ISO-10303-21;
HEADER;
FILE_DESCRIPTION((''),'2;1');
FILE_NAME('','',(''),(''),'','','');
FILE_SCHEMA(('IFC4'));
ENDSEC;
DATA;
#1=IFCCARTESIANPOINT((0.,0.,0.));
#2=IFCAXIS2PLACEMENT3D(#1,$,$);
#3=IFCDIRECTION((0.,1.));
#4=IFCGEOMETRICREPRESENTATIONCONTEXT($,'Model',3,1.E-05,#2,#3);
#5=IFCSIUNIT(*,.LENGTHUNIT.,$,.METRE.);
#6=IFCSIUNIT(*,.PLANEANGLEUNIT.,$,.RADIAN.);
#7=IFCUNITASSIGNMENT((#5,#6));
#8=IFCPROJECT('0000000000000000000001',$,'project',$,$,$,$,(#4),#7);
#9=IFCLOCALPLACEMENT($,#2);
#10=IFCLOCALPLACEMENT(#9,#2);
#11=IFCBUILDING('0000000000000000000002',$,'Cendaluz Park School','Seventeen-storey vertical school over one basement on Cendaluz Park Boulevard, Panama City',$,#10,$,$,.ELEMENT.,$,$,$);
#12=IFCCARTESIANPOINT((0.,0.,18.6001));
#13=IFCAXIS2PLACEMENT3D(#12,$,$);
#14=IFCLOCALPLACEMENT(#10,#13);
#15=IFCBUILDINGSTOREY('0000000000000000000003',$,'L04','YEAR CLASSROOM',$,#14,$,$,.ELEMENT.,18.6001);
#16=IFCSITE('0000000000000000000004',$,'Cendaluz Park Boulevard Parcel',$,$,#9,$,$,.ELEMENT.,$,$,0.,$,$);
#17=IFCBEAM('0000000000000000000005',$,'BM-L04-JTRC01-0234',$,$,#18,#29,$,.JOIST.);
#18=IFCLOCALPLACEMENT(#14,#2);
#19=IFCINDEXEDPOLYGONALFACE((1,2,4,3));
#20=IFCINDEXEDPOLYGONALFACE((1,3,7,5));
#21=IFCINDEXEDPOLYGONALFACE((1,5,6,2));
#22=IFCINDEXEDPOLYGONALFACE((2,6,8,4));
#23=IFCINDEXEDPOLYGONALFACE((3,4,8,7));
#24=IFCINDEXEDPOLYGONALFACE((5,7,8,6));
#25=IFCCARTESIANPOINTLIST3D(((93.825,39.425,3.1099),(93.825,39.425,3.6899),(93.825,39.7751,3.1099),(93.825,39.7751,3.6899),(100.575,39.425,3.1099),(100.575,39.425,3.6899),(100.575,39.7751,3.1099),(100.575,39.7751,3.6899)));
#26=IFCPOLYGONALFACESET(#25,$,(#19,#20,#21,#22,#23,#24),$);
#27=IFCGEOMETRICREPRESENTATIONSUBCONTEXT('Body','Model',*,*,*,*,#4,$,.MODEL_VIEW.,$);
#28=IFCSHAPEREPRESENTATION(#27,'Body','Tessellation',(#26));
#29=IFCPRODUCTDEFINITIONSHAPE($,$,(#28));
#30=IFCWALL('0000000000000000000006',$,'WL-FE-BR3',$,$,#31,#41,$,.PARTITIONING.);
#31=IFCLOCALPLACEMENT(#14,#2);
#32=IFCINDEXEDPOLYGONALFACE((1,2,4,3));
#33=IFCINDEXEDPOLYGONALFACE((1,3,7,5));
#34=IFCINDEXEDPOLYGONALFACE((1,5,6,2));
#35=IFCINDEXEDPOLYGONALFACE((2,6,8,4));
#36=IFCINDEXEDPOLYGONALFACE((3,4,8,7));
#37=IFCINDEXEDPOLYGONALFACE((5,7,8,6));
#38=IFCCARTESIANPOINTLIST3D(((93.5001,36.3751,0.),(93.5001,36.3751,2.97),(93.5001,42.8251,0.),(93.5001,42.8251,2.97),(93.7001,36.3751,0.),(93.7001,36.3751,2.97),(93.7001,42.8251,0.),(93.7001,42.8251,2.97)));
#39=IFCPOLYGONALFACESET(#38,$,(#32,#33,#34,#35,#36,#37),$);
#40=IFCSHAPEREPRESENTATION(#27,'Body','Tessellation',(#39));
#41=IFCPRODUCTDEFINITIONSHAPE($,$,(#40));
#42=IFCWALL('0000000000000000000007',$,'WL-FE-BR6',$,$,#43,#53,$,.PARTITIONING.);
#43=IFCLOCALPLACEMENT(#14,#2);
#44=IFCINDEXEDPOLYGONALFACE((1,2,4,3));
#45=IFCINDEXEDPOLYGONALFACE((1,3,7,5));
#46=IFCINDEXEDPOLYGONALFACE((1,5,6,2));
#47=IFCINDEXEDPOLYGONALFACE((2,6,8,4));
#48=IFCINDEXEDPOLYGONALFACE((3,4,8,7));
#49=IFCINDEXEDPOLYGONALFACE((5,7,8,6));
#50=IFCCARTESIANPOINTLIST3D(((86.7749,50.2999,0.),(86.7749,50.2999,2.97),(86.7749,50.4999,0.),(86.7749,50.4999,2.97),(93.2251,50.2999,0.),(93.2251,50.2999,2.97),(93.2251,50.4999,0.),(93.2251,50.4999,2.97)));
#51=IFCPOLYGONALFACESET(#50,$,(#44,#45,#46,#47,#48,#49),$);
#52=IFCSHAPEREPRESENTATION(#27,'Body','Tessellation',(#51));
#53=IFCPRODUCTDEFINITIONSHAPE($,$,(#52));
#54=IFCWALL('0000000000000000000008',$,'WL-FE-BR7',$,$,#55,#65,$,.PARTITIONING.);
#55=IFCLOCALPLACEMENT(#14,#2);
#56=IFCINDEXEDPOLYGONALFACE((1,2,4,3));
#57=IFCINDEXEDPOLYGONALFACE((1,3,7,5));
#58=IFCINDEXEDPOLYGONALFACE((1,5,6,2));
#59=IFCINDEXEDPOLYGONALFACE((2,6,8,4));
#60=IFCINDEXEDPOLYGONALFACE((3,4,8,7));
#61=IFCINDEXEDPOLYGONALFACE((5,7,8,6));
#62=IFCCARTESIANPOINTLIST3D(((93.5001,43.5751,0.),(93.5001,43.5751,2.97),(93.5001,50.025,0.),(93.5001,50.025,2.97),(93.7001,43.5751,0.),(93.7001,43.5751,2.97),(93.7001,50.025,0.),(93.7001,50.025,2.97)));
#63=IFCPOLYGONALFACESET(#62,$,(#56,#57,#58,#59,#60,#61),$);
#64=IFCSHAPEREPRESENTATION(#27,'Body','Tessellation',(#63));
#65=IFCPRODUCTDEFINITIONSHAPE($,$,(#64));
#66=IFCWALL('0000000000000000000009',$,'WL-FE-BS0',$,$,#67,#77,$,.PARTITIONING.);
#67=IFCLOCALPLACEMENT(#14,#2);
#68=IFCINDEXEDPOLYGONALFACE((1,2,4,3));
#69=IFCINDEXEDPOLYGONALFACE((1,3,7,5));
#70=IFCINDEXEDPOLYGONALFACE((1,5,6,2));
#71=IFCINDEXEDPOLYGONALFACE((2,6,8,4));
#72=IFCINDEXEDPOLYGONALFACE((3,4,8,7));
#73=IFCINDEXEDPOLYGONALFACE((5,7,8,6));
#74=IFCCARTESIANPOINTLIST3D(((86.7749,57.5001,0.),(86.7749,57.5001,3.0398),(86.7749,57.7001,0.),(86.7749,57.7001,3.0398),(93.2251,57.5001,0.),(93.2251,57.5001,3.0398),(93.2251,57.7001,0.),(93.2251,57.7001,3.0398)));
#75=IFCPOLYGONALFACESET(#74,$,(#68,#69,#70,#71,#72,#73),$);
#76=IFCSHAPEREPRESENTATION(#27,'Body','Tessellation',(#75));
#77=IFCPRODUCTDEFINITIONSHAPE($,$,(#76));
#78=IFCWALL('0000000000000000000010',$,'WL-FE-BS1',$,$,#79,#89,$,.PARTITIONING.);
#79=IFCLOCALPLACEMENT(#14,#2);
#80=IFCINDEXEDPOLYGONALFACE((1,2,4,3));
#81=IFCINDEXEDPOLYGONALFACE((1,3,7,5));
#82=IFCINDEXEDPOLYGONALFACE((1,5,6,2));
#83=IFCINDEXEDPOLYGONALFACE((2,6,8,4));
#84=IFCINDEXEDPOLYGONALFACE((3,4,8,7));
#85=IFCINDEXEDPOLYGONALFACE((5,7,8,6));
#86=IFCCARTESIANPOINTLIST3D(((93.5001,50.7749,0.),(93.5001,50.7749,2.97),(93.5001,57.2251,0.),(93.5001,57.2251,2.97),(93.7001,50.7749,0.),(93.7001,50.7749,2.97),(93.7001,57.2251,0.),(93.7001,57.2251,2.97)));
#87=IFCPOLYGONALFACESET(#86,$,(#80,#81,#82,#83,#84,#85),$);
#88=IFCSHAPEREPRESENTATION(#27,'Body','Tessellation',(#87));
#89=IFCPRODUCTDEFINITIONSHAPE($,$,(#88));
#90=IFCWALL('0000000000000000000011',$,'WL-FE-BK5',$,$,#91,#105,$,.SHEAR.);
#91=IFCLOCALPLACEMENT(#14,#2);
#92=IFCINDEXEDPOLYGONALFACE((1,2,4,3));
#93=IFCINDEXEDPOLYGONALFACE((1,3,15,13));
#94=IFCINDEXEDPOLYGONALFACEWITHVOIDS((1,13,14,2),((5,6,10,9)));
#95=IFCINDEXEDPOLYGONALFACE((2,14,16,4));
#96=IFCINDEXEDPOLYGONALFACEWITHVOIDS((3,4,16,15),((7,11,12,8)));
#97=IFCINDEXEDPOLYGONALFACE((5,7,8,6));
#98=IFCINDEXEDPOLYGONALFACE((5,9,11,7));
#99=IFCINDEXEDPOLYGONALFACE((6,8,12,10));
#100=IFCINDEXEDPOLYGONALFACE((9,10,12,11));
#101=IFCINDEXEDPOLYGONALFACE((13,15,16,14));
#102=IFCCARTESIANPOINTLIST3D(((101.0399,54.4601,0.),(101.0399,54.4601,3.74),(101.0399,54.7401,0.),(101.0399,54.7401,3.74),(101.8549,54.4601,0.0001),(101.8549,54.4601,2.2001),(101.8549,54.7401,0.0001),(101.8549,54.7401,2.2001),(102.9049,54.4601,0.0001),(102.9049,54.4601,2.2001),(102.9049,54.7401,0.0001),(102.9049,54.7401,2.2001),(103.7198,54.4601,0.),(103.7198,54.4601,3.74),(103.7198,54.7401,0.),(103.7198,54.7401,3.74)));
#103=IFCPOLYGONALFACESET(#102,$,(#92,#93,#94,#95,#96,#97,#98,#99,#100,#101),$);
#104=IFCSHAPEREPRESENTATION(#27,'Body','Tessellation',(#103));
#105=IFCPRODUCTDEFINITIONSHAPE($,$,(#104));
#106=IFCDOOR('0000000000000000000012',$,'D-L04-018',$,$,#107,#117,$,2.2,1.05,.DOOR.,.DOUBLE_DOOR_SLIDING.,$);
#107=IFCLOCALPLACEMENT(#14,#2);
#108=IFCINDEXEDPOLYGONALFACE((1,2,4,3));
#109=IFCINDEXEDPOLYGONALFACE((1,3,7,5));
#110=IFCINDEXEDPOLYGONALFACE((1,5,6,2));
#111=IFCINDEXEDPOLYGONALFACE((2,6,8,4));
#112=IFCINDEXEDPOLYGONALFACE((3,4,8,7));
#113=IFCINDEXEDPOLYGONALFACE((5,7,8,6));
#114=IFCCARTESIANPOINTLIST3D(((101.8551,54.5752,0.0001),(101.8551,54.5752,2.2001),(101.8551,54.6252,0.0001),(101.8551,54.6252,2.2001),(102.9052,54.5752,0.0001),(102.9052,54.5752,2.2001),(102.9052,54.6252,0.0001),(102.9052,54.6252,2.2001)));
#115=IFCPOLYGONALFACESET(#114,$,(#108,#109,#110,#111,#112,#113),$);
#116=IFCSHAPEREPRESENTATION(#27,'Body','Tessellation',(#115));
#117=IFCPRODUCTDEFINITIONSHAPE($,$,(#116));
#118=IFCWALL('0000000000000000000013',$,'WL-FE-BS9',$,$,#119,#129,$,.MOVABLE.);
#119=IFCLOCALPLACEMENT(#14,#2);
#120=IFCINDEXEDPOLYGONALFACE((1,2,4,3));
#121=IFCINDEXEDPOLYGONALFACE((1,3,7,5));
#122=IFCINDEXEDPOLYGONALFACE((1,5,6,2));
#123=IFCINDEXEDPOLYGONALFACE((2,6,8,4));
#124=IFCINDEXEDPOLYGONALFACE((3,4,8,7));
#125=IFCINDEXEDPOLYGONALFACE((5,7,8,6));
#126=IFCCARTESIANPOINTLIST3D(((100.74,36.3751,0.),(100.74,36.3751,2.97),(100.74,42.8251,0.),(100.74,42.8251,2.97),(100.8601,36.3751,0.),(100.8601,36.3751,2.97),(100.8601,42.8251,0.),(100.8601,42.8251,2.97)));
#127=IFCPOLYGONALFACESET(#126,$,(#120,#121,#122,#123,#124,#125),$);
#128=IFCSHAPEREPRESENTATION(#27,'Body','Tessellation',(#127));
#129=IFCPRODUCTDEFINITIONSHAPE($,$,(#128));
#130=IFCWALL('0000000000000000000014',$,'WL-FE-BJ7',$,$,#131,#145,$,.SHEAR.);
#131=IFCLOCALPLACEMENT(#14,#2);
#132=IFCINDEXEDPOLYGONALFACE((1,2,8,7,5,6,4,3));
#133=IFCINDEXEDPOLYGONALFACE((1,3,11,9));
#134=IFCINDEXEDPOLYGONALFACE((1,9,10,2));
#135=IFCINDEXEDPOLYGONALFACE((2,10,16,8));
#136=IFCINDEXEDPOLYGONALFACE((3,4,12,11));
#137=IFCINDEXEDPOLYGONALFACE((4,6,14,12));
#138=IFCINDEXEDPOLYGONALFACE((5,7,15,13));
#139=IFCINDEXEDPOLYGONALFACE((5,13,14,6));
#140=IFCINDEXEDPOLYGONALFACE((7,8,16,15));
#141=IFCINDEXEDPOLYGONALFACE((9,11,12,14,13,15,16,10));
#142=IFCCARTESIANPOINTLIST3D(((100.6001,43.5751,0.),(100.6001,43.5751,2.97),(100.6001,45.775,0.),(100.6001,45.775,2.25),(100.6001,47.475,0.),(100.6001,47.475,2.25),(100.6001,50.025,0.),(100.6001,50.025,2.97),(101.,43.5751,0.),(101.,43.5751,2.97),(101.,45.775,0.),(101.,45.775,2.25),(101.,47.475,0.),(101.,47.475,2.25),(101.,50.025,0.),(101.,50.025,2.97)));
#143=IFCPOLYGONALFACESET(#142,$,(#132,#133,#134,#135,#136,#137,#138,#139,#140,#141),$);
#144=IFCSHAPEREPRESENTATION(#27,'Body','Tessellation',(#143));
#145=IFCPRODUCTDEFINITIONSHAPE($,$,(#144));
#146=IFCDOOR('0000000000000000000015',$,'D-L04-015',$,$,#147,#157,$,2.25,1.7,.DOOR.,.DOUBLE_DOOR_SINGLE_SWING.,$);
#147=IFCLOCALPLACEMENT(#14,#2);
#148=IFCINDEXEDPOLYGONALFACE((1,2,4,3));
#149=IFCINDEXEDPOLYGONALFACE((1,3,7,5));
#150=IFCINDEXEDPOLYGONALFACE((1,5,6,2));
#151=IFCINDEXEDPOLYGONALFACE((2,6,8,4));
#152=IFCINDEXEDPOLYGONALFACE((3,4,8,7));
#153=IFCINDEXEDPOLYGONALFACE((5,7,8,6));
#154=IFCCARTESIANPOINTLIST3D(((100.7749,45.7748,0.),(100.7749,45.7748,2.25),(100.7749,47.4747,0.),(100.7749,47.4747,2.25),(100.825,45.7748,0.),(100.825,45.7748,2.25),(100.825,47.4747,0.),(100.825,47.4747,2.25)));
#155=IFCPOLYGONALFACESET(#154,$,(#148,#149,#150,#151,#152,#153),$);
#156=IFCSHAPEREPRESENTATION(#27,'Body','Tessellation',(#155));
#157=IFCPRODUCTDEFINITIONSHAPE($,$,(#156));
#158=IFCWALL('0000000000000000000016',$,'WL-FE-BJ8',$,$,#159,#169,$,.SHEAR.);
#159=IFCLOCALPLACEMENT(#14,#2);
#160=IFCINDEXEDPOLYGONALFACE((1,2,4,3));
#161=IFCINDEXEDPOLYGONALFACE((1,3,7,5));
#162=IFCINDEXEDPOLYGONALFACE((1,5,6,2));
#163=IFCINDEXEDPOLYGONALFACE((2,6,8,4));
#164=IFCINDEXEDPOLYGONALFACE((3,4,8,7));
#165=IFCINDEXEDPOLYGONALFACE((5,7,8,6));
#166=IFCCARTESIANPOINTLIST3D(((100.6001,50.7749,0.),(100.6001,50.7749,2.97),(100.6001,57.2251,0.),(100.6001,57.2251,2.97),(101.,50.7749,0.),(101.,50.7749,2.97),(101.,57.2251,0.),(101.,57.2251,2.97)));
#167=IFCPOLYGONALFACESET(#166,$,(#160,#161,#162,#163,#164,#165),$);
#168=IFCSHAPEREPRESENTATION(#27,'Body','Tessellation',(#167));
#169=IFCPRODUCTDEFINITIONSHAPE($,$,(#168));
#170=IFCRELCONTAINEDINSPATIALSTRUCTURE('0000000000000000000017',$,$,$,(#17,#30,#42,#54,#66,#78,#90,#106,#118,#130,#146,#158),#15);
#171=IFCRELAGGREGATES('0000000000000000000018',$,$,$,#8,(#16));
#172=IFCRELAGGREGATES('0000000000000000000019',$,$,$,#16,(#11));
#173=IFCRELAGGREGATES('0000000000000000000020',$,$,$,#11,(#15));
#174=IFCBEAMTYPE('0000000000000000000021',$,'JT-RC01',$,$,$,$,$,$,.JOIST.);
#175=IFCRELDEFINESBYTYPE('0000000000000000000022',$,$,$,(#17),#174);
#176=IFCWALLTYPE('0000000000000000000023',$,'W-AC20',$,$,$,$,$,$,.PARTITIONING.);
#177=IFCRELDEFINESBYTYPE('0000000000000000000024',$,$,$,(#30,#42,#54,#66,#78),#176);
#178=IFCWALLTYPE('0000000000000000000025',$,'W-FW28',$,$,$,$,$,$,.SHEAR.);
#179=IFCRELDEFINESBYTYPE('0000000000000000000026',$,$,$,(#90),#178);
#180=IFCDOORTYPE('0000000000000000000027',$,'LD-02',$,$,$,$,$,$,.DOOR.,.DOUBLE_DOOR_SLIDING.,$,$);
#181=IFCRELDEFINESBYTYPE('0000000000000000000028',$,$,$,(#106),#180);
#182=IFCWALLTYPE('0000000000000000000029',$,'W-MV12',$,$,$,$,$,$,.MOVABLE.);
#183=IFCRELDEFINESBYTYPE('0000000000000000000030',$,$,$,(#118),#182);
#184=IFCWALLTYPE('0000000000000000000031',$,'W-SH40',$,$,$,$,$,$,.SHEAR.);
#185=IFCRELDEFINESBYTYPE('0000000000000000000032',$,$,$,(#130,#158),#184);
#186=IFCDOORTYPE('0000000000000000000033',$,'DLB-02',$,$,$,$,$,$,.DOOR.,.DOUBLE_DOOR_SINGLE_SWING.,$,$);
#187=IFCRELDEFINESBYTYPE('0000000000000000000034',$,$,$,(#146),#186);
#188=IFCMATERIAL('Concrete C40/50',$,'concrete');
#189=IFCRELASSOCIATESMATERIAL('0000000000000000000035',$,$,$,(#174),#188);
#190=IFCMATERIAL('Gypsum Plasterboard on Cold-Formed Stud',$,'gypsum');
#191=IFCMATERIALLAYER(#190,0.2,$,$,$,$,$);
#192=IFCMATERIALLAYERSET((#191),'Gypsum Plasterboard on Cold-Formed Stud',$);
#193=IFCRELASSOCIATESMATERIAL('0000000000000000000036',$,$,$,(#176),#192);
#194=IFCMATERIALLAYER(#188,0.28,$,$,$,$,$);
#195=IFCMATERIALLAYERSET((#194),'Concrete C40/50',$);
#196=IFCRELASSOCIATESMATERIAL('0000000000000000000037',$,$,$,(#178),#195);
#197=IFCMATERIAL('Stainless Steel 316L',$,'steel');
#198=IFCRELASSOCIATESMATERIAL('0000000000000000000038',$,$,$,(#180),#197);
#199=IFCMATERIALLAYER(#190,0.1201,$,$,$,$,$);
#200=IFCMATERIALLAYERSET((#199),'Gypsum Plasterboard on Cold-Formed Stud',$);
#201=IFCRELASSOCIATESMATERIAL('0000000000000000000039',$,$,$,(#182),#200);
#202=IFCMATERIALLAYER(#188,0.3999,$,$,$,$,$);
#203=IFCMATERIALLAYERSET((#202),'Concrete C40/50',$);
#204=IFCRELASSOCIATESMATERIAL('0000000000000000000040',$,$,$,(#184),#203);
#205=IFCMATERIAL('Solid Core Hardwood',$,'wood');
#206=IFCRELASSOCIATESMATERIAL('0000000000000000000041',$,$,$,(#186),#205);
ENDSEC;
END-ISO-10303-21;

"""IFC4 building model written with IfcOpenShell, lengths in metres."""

from ifc_helpers import new_model, si_unit, direction, frame, frame_2d, origin, origin_2d, place, context, subcontext, project, spatial, rectangle, extrude, material, layer, layer_set, material_profile, profile_set, type_object, element, fill, save


model = new_model("IFC4")

# Units and contexts
model_context = context("Model", 3, precision=1e-05, world=origin(), true_north=direction((0.0, 1.0)))
body_context = subcontext(model_context, "Body", "Model", "MODEL_VIEW")
ifc_project = project(units=[si_unit("LENGTHUNIT", "METRE"), si_unit("PLANEANGLEUNIT", "RADIAN")], contexts=[model_context])

# Site, building, storey
site_placement = place(None, origin())
site = spatial("IfcSite", under=ifc_project, at=site_placement, Name="Cendaluz Park Boulevard Parcel", CompositionType="ELEMENT", RefElevation=0.0)
building_placement = place(site_placement, origin())
building = spatial("IfcBuilding", under=site, at=building_placement, Name="Cendaluz Park School", Description="Seventeen-storey vertical school over one basement on Cendaluz Park Boulevard, Panama City", CompositionType="ELEMENT")
storey_placement = place(building_placement, frame((0.0, 0.0, 18.6001)))
storey = spatial("IfcBuildingStorey", under=building, at=storey_placement, Name="L04", Description="YEAR CLASSROOM", CompositionType="ELEMENT", Elevation=18.6001)

# Shared definitions
ifc_material_1 = material(Name="Concrete C40/50", Category="concrete")

# Beam
ifc_material_profile_1 = material_profile(ifc_material_1, rectangle(XDim=0.3501, YDim=0.5801, at=origin_2d()), Name="RC 350x580", Category="concrete")
ifc_profile_set_1 = profile_set([ifc_material_profile_1], Name="Concrete C40/50")
beam_type_1 = type_object("IfcBeamType", Name="JT-RC01", PredefinedType="JOIST", material=ifc_profile_set_1)
beam_1_placement = place(storey_placement, frame((93.825, 39.6001, 3.3999), z_axis=(1.0, 0.0, 0.0), x_axis=(0.0, 1.0, 0.0)))
element("IfcBeam", 1, at=beam_1_placement, inside=storey, type_object=beam_type_1, Name="BM-L04-JTRC01-0234", PredefinedType="JOIST", context=body_context, shape_type="SweptSolid", body=[
    extrude(rectangle(XDim=0.3501, YDim=0.5801, at=origin_2d()), origin(), (0.0, 0.0, 1.0), 6.75),
])

# Walls
ifc_material_2 = material(Name="Gypsum Plasterboard on Cold-Formed Stud", Category="gypsum")
ifc_layer_1 = layer(ifc_material_2, 0.2)
ifc_layer_set_1 = layer_set([ifc_layer_1], Name="Gypsum Plasterboard on Cold-Formed Stud")
wall_type_1 = type_object("IfcWallType", Name="W-AC20", PredefinedType="PARTITIONING", material=ifc_layer_set_1)
wall_1_placement = place(storey_placement, frame((93.6001, 36.375, 0.0), z_axis=(0.0, 0.0, 1.0), x_axis=(0.0, 1.0, 0.0)))
element("IfcWall", 2, at=wall_1_placement, inside=storey, type_object=wall_type_1, Name="WL-FE-BR3", PredefinedType="PARTITIONING", context=body_context, shape_type="SweptSolid", body=[
    extrude(rectangle(XDim=6.45, YDim=0.2, at=frame_2d((3.2251, 0.0))), origin(), (0.0, 0.0, 1.0), 2.97),
])
wall_2_placement = place(storey_placement, frame((86.7749, 50.3999, 0.0), z_axis=(0.0, 0.0, 1.0), x_axis=(1.0, 0.0, 0.0)))
element("IfcWall", 3, at=wall_2_placement, inside=storey, type_object=wall_type_1, Name="WL-FE-BR6", PredefinedType="PARTITIONING", context=body_context, shape_type="SweptSolid", body=[
    extrude(rectangle(XDim=6.4502, YDim=0.2, at=frame_2d((3.2251, 0.0))), origin(), (0.0, 0.0, 1.0), 2.97),
])
wall_3_placement = place(storey_placement, frame((93.6001, 43.575, 0.0), z_axis=(0.0, 0.0, 1.0), x_axis=(0.0, 1.0, 0.0)))
element("IfcWall", 4, at=wall_3_placement, inside=storey, type_object=wall_type_1, Name="WL-FE-BR7", PredefinedType="PARTITIONING", context=body_context, shape_type="SweptSolid", body=[
    extrude(rectangle(XDim=6.45, YDim=0.2, at=frame_2d((3.2251, 0.0))), origin(), (0.0, 0.0, 1.0), 2.97),
])
wall_4_placement = place(storey_placement, frame((86.7749, 57.6001, 0.0), z_axis=(0.0, 0.0, 1.0), x_axis=(1.0, 0.0, 0.0)))
element("IfcWall", 5, at=wall_4_placement, inside=storey, type_object=wall_type_1, Name="WL-FE-BS0", PredefinedType="PARTITIONING", context=body_context, shape_type="SweptSolid", body=[
    extrude(rectangle(XDim=6.4502, YDim=0.2, at=frame_2d((3.2251, 0.0))), origin(), (0.0, 0.0, 1.0), 3.0398),
])
wall_5_placement = place(storey_placement, frame((93.6001, 50.7749, 0.0), z_axis=(0.0, 0.0, 1.0), x_axis=(0.0, 1.0, 0.0)))
element("IfcWall", 6, at=wall_5_placement, inside=storey, type_object=wall_type_1, Name="WL-FE-BS1", PredefinedType="PARTITIONING", context=body_context, shape_type="SweptSolid", body=[
    extrude(rectangle(XDim=6.4502, YDim=0.2, at=frame_2d((3.2251, 0.0))), origin(), (0.0, 0.0, 1.0), 2.97),
])

# Wall, opening, door
ifc_layer_2 = layer(ifc_material_1, 0.28)
ifc_layer_set_2 = layer_set([ifc_layer_2], Name="Concrete C40/50")
wall_type_2 = type_object("IfcWallType", Name="W-FW28", PredefinedType="SHEAR", material=ifc_layer_set_2)
wall_6_placement = place(storey_placement, frame((101.04, 54.6001, 0.0), z_axis=(0.0, 0.0, 1.0), x_axis=(1.0, 0.0, 0.0)))
wall_6 = element("IfcWall", 7, at=wall_6_placement, inside=storey, type_object=wall_type_2, Name="WL-FE-BK5", PredefinedType="SHEAR", context=body_context, shape_type="SweptSolid", body=[
    extrude(rectangle(XDim=2.6799, YDim=0.28, at=frame_2d((1.3398, 0.0))), origin(), (0.0, 0.0, 1.0), 3.74),
])
opening_1_placement = place(wall_6_placement, frame((0.8149, 0.0, 0.0)))
opening_1 = element("IfcOpeningElement", 8, at=opening_1_placement, cuts=wall_6, PredefinedType="OPENING", context=body_context, shape_type="SweptSolid", body=[
    extrude(rectangle(XDim=1.05, YDim=2.2, at=frame_2d((0.5249, 1.1001))), frame((0.0, 0.1521, 0.0), z_axis=(0.0, -1.0, 0.0), x_axis=(1.0, 0.0, 0.0)), (0.0, 0.0, 1.0), 0.304),
])
ifc_material_3 = material(Name="Stainless Steel 316L", Category="steel")
door_type_1 = type_object("IfcDoorType", Name="LD-02", OperationType="DOUBLE_DOOR_SLIDING", PredefinedType="DOOR", material=ifc_material_3)
door_1_placement = place(opening_1_placement, frame((1.05, 0.0, 0.0), z_axis=(0.0, 0.0, 1.0), x_axis=(-1.0, 0.0, 0.0)))
door_1 = element("IfcDoor", 9, at=door_1_placement, inside=storey, type_object=door_type_1, Name="D-L04-018", OperationType="DOUBLE_DOOR_SLIDING", OverallHeight=2.2, OverallWidth=1.05, PredefinedType="DOOR", context=body_context, shape_type="SweptSolid", body=[
    extrude(rectangle(XDim=1.05, YDim=2.2, at=frame_2d((0.5249, 1.1001))), frame((0.0, 0.0249, 0.0), z_axis=(0.0, -1.0, 0.0), x_axis=(1.0, 0.0, 0.0)), (0.0, 0.0, 1.0), 0.05),
])
fill(opening_1, door_1)

# Wall
ifc_layer_3 = layer(ifc_material_2, 0.1201)
ifc_layer_set_3 = layer_set([ifc_layer_3], Name="Gypsum Plasterboard on Cold-Formed Stud")
wall_type_3 = type_object("IfcWallType", Name="W-MV12", PredefinedType="MOVABLE", material=ifc_layer_set_3)
wall_7_placement = place(storey_placement, frame((100.8, 36.375, 0.0), z_axis=(0.0, 0.0, 1.0), x_axis=(0.0, 1.0, 0.0)))
element("IfcWall", 10, at=wall_7_placement, inside=storey, type_object=wall_type_3, Name="WL-FE-BS9", PredefinedType="MOVABLE", context=body_context, shape_type="SweptSolid", body=[
    extrude(rectangle(XDim=6.45, YDim=0.1201, at=frame_2d((3.2251, 0.0))), origin(), (0.0, 0.0, 1.0), 2.97),
])

# Wall, opening, door
ifc_layer_4 = layer(ifc_material_1, 0.3999)
ifc_layer_set_4 = layer_set([ifc_layer_4], Name="Concrete C40/50")
wall_type_4 = type_object("IfcWallType", Name="W-SH40", PredefinedType="SHEAR", material=ifc_layer_set_4)
wall_8_placement = place(storey_placement, frame((100.8, 43.575, 0.0), z_axis=(0.0, 0.0, 1.0), x_axis=(0.0, 1.0, 0.0)))
wall_8 = element("IfcWall", 11, at=wall_8_placement, inside=storey, type_object=wall_type_4, Name="WL-FE-BJ7", PredefinedType="SHEAR", context=body_context, shape_type="SweptSolid", body=[
    extrude(rectangle(XDim=6.45, YDim=0.3999, at=frame_2d((3.2251, 0.0))), origin(), (0.0, 0.0, 1.0), 2.97),
])
opening_2_placement = place(wall_8_placement, frame((2.2, 0.0, 0.0)))
opening_2 = element("IfcOpeningElement", 12, at=opening_2_placement, cuts=wall_8, PredefinedType="OPENING", context=body_context, shape_type="SweptSolid", body=[
    extrude(rectangle(XDim=1.7, YDim=2.25, at=frame_2d((0.8501, 1.125))), frame((0.0, 0.2119, 0.0), z_axis=(0.0, -1.0, 0.0), x_axis=(1.0, 0.0, 0.0)), (0.0, 0.0, 1.0), 0.4238),
])
ifc_material_4 = material(Name="Solid Core Hardwood", Category="wood")
door_type_2 = type_object("IfcDoorType", Name="DLB-02", OperationType="DOUBLE_DOOR_SINGLE_SWING", PredefinedType="DOOR", material=ifc_material_4)
door_2_placement = place(opening_2_placement, frame((1.7, 0.0, 0.0), z_axis=(0.0, 0.0, 1.0), x_axis=(-1.0, 0.0, 0.0)))
door_2 = element("IfcDoor", 13, at=door_2_placement, inside=storey, type_object=door_type_2, Name="D-L04-015", OperationType="DOUBLE_DOOR_SINGLE_SWING", OverallHeight=2.25, OverallWidth=1.7, PredefinedType="DOOR", context=body_context, shape_type="SweptSolid", body=[
    extrude(rectangle(XDim=1.7, YDim=2.25, at=frame_2d((0.8501, 1.125))), frame((0.0, 0.0249, 0.0), z_axis=(0.0, -1.0, 0.0), x_axis=(1.0, 0.0, 0.0)), (0.0, 0.0, 1.0), 0.05),
])
fill(opening_2, door_2)

# Wall
wall_9_placement = place(storey_placement, frame((100.8, 50.7749, 0.0), z_axis=(0.0, 0.0, 1.0), x_axis=(0.0, 1.0, 0.0)))
element("IfcWall", 14, at=wall_9_placement, inside=storey, type_object=wall_type_4, Name="WL-FE-BJ8", PredefinedType="SHEAR", context=body_context, shape_type="SweptSolid", body=[
    extrude(rectangle(XDim=6.4502, YDim=0.3999, at=frame_2d((3.2251, 0.0))), origin(), (0.0, 0.0, 1.0), 2.97),
])

save(model, "model.ifc")
